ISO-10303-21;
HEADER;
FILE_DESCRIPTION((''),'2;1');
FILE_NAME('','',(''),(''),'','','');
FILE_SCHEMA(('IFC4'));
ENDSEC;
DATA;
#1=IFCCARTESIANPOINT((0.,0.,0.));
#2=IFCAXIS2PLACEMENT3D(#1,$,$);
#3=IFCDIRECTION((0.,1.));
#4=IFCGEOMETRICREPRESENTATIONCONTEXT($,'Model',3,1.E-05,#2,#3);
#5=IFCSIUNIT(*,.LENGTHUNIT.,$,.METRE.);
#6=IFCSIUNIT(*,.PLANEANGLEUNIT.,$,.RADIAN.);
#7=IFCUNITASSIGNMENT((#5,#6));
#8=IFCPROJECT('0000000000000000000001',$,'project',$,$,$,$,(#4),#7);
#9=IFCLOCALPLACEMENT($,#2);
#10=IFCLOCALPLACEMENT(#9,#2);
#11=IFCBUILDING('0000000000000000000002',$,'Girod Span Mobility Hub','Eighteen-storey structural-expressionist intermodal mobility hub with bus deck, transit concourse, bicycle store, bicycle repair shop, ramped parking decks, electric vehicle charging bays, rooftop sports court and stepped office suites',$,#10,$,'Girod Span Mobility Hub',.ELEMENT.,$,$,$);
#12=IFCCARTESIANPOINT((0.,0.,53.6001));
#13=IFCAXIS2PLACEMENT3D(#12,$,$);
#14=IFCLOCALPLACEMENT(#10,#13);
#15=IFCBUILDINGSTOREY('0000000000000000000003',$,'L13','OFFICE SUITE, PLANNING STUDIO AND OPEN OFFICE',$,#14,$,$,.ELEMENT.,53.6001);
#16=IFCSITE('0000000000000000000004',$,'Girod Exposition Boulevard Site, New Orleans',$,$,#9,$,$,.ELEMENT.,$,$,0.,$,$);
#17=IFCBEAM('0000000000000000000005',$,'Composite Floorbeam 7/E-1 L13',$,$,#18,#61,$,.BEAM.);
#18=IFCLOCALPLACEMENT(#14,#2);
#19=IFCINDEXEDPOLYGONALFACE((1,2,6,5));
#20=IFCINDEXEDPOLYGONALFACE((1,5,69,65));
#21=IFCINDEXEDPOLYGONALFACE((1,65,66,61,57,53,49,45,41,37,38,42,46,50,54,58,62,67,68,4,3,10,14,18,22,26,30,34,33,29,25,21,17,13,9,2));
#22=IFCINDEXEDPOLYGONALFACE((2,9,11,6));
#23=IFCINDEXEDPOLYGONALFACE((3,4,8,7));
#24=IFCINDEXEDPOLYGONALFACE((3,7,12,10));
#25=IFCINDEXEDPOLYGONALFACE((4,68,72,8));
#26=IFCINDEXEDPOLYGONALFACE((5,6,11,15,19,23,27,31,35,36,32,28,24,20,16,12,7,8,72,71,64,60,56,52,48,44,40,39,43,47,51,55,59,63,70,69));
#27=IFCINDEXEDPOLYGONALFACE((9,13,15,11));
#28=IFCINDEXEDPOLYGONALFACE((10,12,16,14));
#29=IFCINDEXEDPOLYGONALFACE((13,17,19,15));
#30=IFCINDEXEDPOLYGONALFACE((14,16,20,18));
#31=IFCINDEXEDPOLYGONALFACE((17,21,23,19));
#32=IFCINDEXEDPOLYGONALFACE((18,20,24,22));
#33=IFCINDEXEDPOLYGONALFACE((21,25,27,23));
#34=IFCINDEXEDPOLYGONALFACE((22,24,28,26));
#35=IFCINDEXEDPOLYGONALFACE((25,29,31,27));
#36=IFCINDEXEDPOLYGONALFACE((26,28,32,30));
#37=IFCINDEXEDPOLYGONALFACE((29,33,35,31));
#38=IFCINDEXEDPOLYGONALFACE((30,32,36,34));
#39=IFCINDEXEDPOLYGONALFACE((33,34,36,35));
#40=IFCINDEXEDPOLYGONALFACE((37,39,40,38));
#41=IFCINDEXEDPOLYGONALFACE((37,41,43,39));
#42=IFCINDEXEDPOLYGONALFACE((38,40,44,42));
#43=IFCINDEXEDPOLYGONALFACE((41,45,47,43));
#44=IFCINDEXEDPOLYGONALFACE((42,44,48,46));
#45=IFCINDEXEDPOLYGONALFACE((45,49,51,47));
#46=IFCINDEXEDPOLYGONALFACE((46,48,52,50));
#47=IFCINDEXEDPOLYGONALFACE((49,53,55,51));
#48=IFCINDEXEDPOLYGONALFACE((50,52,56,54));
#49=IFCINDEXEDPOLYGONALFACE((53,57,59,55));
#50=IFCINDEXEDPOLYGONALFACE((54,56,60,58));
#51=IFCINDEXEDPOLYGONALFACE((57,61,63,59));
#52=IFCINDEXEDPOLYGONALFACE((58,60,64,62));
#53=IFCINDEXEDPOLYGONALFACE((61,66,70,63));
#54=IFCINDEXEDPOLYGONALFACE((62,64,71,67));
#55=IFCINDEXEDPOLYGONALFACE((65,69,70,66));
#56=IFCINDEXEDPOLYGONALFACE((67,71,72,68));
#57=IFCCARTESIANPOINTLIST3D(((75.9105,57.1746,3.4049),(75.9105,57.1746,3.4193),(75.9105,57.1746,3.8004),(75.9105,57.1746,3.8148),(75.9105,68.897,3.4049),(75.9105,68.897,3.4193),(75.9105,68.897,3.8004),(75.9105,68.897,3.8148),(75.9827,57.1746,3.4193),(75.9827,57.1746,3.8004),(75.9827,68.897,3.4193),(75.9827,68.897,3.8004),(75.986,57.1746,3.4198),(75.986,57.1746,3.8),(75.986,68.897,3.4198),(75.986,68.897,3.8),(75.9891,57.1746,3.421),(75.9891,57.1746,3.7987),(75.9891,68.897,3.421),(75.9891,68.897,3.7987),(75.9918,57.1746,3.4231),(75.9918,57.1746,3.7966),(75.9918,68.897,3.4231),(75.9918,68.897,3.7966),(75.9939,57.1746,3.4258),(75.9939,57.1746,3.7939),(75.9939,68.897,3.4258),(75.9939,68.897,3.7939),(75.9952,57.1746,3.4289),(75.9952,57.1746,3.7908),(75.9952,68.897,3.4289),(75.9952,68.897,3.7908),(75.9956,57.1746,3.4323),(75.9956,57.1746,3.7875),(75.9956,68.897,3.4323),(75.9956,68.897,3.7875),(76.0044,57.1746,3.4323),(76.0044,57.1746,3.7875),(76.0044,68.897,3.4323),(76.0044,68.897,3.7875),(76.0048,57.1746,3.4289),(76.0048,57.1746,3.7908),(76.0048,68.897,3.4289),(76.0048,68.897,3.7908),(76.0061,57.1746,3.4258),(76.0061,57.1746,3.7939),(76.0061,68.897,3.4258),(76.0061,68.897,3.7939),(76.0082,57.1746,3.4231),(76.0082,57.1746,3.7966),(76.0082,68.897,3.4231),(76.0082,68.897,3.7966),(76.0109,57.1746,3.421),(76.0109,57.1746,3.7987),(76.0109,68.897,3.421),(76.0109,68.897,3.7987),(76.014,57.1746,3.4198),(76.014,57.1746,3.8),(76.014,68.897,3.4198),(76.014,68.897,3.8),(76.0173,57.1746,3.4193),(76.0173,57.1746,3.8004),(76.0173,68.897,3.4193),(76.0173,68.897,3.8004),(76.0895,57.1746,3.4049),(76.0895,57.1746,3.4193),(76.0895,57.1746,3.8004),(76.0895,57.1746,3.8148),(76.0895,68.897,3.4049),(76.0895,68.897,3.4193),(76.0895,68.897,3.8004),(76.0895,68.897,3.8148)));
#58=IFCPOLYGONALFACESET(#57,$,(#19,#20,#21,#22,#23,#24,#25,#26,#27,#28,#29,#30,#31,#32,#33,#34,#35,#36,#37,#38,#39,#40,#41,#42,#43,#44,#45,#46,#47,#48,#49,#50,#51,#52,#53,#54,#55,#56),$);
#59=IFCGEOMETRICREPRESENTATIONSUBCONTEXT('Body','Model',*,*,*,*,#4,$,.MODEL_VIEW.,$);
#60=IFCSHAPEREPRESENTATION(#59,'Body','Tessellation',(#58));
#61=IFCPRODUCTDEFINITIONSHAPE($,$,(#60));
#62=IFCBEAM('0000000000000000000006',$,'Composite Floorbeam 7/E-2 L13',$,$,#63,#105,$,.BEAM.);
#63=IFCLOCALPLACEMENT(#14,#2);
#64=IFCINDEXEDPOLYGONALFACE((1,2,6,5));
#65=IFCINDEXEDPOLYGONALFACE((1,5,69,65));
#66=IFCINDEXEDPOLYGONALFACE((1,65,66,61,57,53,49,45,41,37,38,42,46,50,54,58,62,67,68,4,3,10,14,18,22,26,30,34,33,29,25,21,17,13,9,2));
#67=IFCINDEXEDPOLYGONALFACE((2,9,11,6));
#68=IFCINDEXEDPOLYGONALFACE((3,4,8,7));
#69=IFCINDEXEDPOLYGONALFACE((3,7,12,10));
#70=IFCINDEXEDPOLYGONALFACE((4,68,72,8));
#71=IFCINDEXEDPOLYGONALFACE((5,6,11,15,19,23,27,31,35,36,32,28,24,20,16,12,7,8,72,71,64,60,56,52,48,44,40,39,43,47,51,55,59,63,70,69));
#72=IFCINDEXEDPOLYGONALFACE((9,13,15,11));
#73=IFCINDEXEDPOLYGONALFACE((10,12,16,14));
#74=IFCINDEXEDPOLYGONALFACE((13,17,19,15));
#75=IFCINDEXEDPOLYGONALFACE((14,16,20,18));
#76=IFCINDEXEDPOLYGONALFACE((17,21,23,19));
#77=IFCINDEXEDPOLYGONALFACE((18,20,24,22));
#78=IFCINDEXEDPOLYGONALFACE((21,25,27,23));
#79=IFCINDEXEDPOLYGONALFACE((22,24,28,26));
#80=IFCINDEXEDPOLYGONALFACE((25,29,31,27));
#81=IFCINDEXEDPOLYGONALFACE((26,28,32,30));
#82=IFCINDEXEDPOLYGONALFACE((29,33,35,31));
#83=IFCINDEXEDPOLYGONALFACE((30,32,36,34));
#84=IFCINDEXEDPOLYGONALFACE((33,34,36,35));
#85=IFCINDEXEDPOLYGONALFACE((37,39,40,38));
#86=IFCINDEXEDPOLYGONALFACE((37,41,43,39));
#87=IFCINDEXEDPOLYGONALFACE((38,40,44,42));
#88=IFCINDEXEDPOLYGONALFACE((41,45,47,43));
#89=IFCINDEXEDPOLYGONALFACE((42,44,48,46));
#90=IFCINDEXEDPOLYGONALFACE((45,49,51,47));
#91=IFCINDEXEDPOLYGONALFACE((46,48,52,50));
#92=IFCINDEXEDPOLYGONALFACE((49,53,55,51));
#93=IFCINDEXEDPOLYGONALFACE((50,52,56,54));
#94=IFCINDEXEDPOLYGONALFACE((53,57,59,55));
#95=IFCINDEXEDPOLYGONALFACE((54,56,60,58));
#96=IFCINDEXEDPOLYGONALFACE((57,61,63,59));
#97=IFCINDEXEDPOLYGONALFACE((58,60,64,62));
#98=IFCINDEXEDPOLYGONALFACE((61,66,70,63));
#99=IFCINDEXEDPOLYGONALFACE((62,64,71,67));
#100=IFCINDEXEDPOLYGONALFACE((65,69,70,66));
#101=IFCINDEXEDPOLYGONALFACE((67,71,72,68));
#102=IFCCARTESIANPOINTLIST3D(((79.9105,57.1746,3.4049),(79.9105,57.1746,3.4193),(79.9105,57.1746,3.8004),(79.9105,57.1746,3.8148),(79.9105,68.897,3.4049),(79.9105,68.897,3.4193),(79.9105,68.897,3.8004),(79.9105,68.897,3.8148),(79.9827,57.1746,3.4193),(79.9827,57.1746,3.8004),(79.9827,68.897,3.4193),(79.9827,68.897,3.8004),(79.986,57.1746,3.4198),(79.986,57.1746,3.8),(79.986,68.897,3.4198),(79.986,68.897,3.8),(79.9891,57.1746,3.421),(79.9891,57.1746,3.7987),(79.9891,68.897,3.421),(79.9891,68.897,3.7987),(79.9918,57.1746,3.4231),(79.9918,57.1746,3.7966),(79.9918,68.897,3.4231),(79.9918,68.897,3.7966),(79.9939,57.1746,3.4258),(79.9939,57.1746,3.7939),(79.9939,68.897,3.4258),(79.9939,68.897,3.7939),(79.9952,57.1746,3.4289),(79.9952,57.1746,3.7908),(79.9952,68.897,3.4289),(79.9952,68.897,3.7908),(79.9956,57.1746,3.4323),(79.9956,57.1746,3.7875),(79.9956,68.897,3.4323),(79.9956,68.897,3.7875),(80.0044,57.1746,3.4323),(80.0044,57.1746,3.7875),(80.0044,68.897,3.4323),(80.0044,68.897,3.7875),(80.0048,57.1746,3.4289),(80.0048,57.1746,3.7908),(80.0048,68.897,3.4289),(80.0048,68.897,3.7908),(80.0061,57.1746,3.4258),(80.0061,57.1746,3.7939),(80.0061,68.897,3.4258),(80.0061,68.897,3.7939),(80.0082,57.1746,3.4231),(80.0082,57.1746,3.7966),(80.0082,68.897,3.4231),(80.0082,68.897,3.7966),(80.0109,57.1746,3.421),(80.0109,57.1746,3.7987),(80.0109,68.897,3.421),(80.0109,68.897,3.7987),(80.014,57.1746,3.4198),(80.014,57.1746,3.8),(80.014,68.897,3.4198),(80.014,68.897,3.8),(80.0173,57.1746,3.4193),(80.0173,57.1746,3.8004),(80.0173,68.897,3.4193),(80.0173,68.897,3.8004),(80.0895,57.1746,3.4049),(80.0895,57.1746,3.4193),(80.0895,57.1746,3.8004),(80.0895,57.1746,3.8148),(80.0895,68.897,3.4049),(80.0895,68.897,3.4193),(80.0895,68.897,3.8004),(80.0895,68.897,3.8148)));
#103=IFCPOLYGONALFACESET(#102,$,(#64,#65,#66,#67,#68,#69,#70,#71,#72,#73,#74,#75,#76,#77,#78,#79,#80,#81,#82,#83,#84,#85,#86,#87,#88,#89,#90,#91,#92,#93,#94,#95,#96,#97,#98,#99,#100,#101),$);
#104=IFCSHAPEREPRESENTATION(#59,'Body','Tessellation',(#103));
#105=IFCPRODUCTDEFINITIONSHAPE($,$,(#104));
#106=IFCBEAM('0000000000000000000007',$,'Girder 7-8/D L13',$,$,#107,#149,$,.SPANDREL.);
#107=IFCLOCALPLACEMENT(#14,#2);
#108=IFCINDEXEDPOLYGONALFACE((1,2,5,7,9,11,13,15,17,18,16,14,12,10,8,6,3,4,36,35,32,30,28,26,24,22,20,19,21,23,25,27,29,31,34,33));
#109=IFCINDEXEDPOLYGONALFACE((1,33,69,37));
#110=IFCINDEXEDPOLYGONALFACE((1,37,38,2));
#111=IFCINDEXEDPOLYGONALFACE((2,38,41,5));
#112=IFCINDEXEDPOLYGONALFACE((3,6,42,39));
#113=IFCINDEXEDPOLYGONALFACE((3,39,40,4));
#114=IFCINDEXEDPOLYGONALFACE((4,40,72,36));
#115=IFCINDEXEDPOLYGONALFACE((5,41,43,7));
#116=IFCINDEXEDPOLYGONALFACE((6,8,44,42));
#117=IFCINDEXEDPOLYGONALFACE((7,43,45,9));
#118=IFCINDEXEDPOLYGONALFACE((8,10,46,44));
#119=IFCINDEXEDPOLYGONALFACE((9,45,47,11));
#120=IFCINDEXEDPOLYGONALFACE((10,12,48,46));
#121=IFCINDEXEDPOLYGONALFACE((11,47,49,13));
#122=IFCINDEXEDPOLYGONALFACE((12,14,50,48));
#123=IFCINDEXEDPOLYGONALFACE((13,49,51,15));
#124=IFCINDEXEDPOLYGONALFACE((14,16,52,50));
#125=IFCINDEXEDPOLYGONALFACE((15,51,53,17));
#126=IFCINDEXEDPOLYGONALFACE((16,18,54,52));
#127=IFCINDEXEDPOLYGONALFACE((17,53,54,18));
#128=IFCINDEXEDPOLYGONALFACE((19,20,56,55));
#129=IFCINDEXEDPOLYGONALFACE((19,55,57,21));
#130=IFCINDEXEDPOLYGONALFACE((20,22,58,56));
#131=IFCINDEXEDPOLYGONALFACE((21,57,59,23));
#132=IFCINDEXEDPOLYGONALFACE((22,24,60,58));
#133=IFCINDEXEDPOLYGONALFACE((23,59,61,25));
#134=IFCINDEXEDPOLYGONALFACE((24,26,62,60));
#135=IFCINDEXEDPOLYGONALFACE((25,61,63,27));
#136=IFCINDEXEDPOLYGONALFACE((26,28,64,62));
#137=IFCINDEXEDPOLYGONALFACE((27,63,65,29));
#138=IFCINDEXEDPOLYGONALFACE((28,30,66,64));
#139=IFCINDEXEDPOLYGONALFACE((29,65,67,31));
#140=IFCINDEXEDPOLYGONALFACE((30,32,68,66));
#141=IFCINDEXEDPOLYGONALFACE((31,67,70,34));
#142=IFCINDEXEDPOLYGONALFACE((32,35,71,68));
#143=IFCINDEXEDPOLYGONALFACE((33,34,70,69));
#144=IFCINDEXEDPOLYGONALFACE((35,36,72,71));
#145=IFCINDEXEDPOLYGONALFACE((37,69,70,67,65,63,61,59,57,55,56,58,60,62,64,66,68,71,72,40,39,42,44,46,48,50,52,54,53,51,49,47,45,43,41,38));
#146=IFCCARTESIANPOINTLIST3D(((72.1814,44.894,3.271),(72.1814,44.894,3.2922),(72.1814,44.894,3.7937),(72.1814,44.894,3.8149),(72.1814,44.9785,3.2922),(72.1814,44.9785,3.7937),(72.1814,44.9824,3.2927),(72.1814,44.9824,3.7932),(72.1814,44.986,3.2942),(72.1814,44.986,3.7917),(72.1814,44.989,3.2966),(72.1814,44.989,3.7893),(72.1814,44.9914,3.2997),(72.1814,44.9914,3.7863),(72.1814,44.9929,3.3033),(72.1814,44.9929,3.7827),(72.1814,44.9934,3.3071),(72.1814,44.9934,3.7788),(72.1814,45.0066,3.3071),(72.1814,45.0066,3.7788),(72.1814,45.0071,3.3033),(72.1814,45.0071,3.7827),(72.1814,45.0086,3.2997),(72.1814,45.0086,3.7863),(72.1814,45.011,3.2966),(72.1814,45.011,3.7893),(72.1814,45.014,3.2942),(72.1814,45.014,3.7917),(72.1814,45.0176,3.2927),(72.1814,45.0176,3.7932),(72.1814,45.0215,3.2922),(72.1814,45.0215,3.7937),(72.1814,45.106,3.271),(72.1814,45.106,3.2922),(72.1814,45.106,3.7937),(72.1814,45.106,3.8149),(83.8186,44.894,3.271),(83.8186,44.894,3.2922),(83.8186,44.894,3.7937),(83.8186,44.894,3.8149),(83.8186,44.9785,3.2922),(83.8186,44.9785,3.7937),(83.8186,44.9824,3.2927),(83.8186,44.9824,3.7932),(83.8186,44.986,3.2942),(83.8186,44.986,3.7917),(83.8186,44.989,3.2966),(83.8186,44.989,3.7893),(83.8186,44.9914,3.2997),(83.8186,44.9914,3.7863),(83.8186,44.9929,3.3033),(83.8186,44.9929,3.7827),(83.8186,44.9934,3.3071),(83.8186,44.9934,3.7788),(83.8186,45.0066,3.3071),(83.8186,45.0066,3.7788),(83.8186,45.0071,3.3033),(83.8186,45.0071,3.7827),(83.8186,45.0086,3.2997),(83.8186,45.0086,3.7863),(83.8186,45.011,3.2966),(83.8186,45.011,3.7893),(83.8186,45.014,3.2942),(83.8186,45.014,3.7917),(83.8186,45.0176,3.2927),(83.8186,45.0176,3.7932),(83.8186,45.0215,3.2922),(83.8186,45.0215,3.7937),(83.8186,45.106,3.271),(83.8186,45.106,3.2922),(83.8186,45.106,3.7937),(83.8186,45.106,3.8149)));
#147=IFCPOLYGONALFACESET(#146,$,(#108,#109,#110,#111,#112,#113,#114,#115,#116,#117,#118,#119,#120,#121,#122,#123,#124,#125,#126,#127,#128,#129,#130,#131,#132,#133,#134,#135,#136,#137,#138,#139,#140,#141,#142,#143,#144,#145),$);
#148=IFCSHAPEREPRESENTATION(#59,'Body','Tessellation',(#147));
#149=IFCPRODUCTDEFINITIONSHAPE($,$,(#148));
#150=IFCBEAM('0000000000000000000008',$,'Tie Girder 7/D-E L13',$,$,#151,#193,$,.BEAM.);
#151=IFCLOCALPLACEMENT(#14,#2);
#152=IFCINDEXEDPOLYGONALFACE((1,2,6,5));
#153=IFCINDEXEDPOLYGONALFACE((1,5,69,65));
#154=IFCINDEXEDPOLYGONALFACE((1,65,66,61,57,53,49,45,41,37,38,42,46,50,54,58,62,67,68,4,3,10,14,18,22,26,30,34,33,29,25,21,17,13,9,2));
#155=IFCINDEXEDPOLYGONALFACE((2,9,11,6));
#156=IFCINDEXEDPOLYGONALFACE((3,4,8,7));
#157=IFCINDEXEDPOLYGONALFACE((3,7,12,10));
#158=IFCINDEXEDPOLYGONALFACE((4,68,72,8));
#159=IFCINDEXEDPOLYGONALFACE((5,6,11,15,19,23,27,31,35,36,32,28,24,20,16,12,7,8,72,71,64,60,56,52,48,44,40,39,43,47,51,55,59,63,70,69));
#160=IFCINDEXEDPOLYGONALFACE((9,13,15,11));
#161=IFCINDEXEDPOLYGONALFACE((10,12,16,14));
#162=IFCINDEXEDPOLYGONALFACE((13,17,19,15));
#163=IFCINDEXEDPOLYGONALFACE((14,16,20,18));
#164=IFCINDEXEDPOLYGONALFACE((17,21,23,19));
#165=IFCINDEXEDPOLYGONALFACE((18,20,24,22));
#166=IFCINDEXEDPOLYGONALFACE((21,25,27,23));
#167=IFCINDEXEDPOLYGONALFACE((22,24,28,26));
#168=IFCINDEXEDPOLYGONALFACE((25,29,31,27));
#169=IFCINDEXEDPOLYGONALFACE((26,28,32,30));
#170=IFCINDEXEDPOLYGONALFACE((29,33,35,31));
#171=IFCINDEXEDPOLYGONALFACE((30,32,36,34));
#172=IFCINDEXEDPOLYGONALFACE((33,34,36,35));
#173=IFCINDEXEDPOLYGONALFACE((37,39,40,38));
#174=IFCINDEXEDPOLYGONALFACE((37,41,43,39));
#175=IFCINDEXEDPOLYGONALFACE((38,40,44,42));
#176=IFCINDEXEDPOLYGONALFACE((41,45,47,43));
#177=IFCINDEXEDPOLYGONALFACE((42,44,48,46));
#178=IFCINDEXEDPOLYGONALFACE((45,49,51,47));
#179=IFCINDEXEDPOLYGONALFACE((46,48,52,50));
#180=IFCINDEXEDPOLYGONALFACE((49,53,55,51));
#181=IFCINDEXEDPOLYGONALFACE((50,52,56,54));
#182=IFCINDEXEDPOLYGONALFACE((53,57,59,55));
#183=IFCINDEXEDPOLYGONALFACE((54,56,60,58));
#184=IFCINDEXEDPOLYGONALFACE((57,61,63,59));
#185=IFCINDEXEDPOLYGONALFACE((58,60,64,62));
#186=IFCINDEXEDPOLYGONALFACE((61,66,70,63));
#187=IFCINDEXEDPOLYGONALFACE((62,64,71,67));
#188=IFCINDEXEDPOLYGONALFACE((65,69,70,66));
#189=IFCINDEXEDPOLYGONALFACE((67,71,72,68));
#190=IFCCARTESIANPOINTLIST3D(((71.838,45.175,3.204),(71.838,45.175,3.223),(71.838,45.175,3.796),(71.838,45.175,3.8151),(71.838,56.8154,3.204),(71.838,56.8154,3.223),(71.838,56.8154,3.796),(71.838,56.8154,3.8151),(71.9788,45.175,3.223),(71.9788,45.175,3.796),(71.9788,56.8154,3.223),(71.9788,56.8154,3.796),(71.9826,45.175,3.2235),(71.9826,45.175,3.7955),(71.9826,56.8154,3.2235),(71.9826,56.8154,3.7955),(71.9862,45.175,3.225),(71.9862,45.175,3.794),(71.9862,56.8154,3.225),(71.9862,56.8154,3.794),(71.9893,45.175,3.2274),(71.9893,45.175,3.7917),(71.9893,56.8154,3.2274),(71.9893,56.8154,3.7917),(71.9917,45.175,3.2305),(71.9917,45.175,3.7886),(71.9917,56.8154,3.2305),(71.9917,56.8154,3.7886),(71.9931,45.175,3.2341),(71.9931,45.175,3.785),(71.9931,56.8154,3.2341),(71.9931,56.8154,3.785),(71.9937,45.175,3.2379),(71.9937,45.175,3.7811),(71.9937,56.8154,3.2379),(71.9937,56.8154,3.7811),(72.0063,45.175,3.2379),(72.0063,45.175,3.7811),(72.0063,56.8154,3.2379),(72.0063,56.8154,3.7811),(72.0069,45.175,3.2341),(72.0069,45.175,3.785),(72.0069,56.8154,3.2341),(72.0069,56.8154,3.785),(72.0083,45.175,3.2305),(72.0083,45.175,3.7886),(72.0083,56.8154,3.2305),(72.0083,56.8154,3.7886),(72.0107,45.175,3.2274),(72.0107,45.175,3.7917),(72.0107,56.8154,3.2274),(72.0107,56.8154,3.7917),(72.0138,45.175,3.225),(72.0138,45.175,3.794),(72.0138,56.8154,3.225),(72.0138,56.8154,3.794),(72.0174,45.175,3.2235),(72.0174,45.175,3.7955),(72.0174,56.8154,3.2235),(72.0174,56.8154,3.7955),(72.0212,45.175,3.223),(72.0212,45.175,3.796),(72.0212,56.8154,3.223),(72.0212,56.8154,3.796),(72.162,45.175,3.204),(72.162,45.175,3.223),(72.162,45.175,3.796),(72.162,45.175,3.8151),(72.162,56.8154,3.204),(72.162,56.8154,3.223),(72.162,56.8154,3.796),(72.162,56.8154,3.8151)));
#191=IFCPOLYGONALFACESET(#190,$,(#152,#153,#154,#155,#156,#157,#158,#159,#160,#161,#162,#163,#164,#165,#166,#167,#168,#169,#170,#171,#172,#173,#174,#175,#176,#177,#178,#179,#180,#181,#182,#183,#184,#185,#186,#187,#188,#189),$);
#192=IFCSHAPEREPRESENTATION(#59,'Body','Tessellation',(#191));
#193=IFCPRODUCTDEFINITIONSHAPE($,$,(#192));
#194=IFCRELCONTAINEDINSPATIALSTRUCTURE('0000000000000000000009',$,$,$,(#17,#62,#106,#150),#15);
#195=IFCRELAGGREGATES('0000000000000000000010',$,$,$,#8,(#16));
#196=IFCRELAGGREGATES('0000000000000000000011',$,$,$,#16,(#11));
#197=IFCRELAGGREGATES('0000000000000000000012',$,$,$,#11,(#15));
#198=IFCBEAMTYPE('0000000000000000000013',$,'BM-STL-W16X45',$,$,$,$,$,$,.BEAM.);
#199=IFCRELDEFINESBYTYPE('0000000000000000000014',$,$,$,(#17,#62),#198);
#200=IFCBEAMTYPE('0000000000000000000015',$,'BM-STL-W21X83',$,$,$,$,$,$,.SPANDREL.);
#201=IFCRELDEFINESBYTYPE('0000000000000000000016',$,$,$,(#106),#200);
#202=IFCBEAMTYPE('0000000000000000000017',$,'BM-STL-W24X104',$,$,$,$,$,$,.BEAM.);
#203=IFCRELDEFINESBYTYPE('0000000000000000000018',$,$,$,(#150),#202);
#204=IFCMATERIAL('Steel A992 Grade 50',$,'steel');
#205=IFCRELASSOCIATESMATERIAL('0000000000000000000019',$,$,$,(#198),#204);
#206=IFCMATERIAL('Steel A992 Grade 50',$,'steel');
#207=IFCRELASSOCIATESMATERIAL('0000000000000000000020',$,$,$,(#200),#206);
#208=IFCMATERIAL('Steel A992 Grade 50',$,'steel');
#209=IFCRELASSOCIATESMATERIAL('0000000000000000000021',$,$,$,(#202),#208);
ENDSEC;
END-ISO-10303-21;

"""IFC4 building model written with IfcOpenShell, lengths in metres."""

from ifc_helpers import new_model, si_unit, direction, frame, origin, origin_2d, place, context, subcontext, project, spatial, i_section, extrude, material, material_profile, profile_set, type_object, element, save


model = new_model("IFC4")

# Units and contexts
model_context = context("Model", 3, precision=1e-05, world=origin(), true_north=direction((0.0, 1.0)))
body_context = subcontext(model_context, "Body", "Model", "MODEL_VIEW")
ifc_project = project(units=[si_unit("LENGTHUNIT", "METRE"), si_unit("PLANEANGLEUNIT", "RADIAN")], contexts=[model_context])

# Site, building, storey
site_placement = place(None, origin())
site = spatial("IfcSite", under=ifc_project, at=site_placement, Name="Girod Exposition Boulevard Site, New Orleans", CompositionType="ELEMENT", RefElevation=0.0)
building_placement = place(site_placement, origin())
building = spatial("IfcBuilding", under=site, at=building_placement, Name="Girod Span Mobility Hub", Description="Eighteen-storey structural-expressionist intermodal mobility hub with bus deck, transit concourse, bicycle store, bicycle repair shop, ramped parking decks, electric vehicle charging bays, rooftop sports court and stepped office suites", LongName="Girod Span Mobility Hub", CompositionType="ELEMENT")
storey_placement = place(building_placement, frame((0.0, 0.0, 53.6001)))
storey = spatial("IfcBuildingStorey", under=building, at=storey_placement, Name="L13", Description="OFFICE SUITE, PLANNING STUDIO AND OPEN OFFICE", CompositionType="ELEMENT", Elevation=53.6001)

# Beams
ifc_material_1 = material(Name="Steel A992 Grade 50", Category="steel")
ifc_material_profile_1 = material_profile(ifc_material_1, i_section(OverallWidth=0.179, OverallDepth=0.4099, WebThickness=0.0088, FlangeThickness=0.0144, FilletRadius=0.0129, at=origin_2d()), Name="W16X45")
ifc_profile_set_1 = profile_set([ifc_material_profile_1], Name="Steel A992 Grade 50")
beam_type_1 = type_object("IfcBeamType", Name="BM-STL-W16X45", PredefinedType="BEAM", material=ifc_profile_set_1)
for number, where, z_axis, x_axis, name in (
    (1, (76.0, 57.1746, 3.6099), (0.0, 1.0, 0.0), (-1.0, 0.0, 0.0), "Composite Floorbeam 7/E-1 L13"),
    (2, (80.0, 57.1746, 3.6099), (0.0, 1.0, 0.0), (-1.0, 0.0, 0.0), "Composite Floorbeam 7/E-2 L13"),
):
    element("IfcBeam", number, at=place(storey_placement, frame(where, z_axis=z_axis, x_axis=x_axis)), inside=storey, type_object=beam_type_1, Name=name, PredefinedType="BEAM", context=body_context, shape_type="SweptSolid", body=[
        extrude(i_section(OverallWidth=0.179, OverallDepth=0.4099, WebThickness=0.0088, FlangeThickness=0.0144, FilletRadius=0.0129, at=origin_2d()), origin(), (0.0, 0.0, 1.0), 11.7224),
    ])
ifc_material_2 = material(Name="Steel A992 Grade 50", Category="steel")
ifc_material_profile_2 = material_profile(ifc_material_2, i_section(OverallWidth=0.2119, OverallDepth=0.5439, WebThickness=0.0132, FlangeThickness=0.0212, FilletRadius=0.0149, at=origin_2d()), Name="W21X83")
ifc_profile_set_2 = profile_set([ifc_material_profile_2], Name="Steel A992 Grade 50")
beam_type_2 = type_object("IfcBeamType", Name="BM-STL-W21X83", PredefinedType="SPANDREL", material=ifc_profile_set_2)
beam_1_placement = place(storey_placement, frame((72.1814, 45.0, 3.543), z_axis=(1.0, 0.0, 0.0), x_axis=(0.0, 1.0, 0.0)))
element("IfcBeam", 3, at=beam_1_placement, inside=storey, type_object=beam_type_2, Name="Girder 7-8/D L13", PredefinedType="SPANDREL", context=body_context, shape_type="SweptSolid", body=[
    extrude(i_section(OverallWidth=0.2119, OverallDepth=0.5439, WebThickness=0.0132, FlangeThickness=0.0212, FilletRadius=0.0149, at=origin_2d()), origin(), (0.0, 0.0, 1.0), 11.6372),
])
ifc_material_3 = material(Name="Steel A992 Grade 50", Category="steel")
ifc_material_profile_3 = material_profile(ifc_material_3, i_section(OverallWidth=0.324, OverallDepth=0.6111, WebThickness=0.0127, FlangeThickness=0.019, FilletRadius=0.0149, at=origin_2d()), Name="W24X104")
ifc_profile_set_3 = profile_set([ifc_material_profile_3], Name="Steel A992 Grade 50")
beam_type_3 = type_object("IfcBeamType", Name="BM-STL-W24X104", PredefinedType="BEAM", material=ifc_profile_set_3)
for number, where, z_axis, x_axis, name in (
    (4, (72.0, 45.175, 3.5095), (0.0, 1.0, 0.0), (-1.0, 0.0, 0.0), "Tie Girder 7/D-E L13"),
):
    element("IfcBeam", number, at=place(storey_placement, frame(where, z_axis=z_axis, x_axis=x_axis)), inside=storey, type_object=beam_type_3, Name=name, PredefinedType="BEAM", context=body_context, shape_type="SweptSolid", body=[
        extrude(i_section(OverallWidth=0.324, OverallDepth=0.6111, WebThickness=0.0127, FlangeThickness=0.019, FilletRadius=0.0149, at=origin_2d()), origin(), (0.0, 0.0, 1.0), 11.6404),
    ])

save(model, "model.ifc")
